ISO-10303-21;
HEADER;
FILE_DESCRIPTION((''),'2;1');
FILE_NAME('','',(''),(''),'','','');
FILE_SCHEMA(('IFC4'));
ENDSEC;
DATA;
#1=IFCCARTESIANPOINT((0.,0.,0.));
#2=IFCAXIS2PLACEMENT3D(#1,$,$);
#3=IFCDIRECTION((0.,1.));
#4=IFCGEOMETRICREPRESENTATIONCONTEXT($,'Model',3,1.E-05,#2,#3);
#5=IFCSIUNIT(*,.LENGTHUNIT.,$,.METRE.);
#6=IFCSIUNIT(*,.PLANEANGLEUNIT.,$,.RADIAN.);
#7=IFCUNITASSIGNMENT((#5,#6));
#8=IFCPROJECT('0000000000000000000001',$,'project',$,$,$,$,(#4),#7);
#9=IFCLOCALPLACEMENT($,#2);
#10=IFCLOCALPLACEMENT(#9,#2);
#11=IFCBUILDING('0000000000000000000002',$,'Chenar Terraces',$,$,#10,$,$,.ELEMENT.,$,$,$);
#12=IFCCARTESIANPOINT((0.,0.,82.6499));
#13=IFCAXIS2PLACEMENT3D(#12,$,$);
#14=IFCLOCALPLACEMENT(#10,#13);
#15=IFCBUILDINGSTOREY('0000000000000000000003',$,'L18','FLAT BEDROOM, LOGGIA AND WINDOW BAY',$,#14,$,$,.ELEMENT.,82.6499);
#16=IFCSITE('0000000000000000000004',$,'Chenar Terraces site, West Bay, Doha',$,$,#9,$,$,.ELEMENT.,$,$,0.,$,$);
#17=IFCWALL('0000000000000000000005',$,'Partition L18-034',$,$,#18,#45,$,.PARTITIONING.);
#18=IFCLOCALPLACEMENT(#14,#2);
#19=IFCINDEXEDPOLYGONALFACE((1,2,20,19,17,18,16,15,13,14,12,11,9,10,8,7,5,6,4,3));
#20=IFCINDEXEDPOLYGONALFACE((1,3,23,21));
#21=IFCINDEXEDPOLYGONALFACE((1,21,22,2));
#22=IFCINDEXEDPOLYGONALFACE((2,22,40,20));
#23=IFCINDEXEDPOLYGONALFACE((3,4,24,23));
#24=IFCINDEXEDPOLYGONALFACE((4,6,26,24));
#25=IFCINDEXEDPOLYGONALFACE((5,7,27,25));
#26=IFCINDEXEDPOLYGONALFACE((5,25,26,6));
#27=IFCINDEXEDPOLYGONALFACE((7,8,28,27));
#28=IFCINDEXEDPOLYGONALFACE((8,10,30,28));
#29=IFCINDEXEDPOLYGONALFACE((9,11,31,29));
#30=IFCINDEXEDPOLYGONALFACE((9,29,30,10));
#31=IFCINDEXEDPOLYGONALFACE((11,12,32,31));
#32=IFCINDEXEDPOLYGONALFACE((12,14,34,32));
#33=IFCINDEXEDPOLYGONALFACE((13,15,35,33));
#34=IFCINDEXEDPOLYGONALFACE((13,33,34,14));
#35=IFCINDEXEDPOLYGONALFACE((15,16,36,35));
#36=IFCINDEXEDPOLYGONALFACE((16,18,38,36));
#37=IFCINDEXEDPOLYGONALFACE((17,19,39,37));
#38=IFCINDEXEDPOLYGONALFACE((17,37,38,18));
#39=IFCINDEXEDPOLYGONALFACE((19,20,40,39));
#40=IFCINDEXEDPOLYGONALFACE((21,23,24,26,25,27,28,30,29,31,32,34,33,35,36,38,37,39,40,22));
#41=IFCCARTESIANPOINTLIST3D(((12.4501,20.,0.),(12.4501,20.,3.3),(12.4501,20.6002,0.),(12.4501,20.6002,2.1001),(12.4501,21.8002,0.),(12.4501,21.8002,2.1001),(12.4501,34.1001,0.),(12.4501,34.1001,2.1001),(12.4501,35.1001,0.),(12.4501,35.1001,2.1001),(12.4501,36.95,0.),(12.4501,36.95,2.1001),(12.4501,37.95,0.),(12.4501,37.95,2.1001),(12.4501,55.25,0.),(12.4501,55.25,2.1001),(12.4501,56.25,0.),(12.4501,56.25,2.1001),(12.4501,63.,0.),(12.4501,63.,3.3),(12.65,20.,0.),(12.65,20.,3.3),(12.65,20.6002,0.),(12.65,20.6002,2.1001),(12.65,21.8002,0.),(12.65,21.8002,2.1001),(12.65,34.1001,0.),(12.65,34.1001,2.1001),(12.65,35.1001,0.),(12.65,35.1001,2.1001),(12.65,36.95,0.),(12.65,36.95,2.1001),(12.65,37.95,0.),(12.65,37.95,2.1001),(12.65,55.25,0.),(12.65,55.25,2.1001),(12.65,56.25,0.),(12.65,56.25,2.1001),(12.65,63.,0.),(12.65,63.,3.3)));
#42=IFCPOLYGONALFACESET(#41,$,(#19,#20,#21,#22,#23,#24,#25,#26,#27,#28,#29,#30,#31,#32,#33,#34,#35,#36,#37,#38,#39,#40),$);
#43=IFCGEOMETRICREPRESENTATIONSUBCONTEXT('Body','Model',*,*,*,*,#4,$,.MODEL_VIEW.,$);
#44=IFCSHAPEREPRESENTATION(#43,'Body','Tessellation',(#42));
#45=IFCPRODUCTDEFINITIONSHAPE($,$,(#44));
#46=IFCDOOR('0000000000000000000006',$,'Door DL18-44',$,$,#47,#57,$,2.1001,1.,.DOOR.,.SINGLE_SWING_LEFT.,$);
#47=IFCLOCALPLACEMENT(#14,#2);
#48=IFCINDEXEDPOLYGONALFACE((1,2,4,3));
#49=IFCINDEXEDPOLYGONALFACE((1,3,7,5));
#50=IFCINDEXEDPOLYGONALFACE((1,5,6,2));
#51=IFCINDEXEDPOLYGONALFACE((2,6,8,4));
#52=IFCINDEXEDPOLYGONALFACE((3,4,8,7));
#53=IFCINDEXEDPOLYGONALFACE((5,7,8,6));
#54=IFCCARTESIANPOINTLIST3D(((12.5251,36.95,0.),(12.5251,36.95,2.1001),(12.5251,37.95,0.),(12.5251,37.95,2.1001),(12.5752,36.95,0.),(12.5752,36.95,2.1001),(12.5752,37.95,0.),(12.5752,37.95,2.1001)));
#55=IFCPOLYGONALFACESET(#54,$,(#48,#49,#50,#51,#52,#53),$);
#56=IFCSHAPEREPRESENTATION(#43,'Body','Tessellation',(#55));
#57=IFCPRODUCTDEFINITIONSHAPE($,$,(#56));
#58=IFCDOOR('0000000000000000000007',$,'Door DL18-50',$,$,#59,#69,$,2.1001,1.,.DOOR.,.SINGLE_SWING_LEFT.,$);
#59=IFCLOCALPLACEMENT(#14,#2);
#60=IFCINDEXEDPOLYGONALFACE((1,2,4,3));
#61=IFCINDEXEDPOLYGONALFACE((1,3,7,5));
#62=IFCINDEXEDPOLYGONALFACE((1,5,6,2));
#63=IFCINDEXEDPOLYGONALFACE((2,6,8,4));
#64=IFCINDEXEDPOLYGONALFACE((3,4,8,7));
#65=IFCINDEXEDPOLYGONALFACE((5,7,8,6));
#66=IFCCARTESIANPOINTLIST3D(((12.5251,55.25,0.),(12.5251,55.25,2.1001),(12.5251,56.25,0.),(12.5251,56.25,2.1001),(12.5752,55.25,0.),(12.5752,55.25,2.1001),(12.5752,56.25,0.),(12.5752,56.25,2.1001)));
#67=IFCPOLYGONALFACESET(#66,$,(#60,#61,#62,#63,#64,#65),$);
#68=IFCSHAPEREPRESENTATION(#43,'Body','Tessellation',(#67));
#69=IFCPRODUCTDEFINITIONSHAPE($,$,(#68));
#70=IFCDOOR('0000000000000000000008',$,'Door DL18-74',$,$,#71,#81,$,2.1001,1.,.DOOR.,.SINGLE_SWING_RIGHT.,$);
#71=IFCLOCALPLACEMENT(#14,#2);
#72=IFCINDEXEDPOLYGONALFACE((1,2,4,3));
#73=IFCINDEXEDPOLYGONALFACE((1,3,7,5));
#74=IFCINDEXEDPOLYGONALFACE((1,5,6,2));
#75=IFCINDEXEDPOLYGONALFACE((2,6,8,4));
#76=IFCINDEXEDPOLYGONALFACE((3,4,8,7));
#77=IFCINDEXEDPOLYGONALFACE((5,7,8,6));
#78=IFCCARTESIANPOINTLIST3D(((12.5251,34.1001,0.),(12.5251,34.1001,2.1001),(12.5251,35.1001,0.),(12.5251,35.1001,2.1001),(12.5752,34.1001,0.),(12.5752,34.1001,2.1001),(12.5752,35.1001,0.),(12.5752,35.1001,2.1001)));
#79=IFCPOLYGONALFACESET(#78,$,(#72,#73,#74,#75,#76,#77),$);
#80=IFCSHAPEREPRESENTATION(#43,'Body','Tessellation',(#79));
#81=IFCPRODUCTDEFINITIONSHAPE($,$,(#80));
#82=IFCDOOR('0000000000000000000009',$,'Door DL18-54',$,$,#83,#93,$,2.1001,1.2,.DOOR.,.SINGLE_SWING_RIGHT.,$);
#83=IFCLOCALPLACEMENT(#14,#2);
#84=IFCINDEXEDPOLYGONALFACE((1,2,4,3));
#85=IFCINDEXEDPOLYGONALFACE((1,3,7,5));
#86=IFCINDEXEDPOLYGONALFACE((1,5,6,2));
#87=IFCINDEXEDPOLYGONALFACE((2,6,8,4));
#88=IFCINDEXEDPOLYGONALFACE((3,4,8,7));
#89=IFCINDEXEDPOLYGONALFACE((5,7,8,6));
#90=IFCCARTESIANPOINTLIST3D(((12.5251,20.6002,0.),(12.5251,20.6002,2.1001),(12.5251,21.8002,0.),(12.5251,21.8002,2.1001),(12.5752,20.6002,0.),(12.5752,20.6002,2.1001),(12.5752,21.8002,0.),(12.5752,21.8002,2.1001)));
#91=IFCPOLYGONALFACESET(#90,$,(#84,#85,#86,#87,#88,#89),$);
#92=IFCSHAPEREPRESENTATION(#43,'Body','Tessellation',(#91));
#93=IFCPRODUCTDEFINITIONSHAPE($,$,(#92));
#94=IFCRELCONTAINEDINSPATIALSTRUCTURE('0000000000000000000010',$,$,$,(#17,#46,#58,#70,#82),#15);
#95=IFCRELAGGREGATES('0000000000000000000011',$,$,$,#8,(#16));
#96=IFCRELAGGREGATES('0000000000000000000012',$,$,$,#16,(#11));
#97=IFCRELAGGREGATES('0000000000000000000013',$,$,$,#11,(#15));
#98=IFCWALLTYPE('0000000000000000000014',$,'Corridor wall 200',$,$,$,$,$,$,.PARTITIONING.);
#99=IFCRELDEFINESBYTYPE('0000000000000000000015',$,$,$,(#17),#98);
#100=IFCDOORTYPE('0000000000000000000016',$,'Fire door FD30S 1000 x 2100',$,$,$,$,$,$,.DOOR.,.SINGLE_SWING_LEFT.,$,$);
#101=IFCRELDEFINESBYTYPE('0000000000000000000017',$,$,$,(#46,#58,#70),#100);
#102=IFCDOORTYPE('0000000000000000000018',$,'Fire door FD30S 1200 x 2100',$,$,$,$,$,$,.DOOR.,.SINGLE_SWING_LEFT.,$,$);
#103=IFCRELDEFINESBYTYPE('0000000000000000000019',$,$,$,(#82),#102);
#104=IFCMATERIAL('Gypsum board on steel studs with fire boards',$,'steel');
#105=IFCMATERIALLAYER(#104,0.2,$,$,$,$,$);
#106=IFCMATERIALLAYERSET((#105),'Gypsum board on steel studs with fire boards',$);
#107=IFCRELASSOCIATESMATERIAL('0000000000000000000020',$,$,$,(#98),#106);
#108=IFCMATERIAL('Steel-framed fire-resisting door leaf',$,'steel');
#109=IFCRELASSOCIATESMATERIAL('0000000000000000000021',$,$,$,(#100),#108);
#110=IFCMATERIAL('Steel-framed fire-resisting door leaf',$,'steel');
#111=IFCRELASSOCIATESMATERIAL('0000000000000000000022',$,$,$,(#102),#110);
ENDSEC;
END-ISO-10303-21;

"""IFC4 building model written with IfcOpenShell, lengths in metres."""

from ifc_helpers import new_model, si_unit, direction, frame, frame_2d, origin, place, context, subcontext, project, spatial, rectangle, extrude, material, layer, layer_set, type_object, element, fill, save


model = new_model("IFC4")

# Units and contexts
model_context = context("Model", 3, precision=1e-05, world=origin(), true_north=direction((0.0, 1.0)))
body_context = subcontext(model_context, "Body", "Model", "MODEL_VIEW")
ifc_project = project(units=[si_unit("LENGTHUNIT", "METRE"), si_unit("PLANEANGLEUNIT", "RADIAN")], contexts=[model_context])

# Site, building, storey
site_placement = place(None, origin())
site = spatial("IfcSite", under=ifc_project, at=site_placement, Name="Chenar Terraces site, West Bay, Doha", CompositionType="ELEMENT", RefElevation=0.0)
building_placement = place(site_placement, origin())
building = spatial("IfcBuilding", under=site, at=building_placement, Name="Chenar Terraces", CompositionType="ELEMENT")
storey_placement = place(building_placement, frame((0.0, 0.0, 82.6499)))
storey = spatial("IfcBuildingStorey", under=building, at=storey_placement, Name="L18", Description="FLAT BEDROOM, LOGGIA AND WINDOW BAY", CompositionType="ELEMENT", Elevation=82.6499)

# Wall, openings, doors
ifc_material_1 = material(Name="Gypsum board on steel studs with fire boards", Category="steel")
ifc_layer_1 = layer(ifc_material_1, 0.2)
ifc_layer_set_1 = layer_set([ifc_layer_1], Name="Gypsum board on steel studs with fire boards")
wall_type_1 = type_object("IfcWallType", Name="Corridor wall 200", PredefinedType="PARTITIONING", material=ifc_layer_set_1)
wall_1_placement = place(storey_placement, frame((12.55, 20.0, 0.0), z_axis=(0.0, 0.0, 1.0), x_axis=(0.0, 1.0, 0.0)))
wall_1 = element("IfcWall", 1, at=wall_1_placement, inside=storey, type_object=wall_type_1, Name="Partition L18-034", PredefinedType="PARTITIONING", context=body_context, shape_type="SweptSolid", body=[
    extrude(rectangle(XDim=43.0, YDim=0.2, at=frame_2d((21.5, 0.0))), origin(), (0.0, 0.0, 1.0), 3.3),
])
opening_1_placement = place(wall_1_placement, frame((16.95, 0.0, 0.0)))
opening_1 = element("IfcOpeningElement", 2, at=opening_1_placement, cuts=wall_1, PredefinedType="OPENING", context=body_context, shape_type="SweptSolid", body=[
    extrude(rectangle(XDim=1.0, YDim=2.1001, at=frame_2d((0.5, 1.05))), frame((0.0, 0.1099, 0.0), z_axis=(0.0, -1.0, 0.0), x_axis=(1.0, 0.0, 0.0)), (0.0, 0.0, 1.0), 0.22),
])
opening_2_placement = place(wall_1_placement, frame((35.25, 0.0, 0.0)))
opening_2 = element("IfcOpeningElement", 3, at=opening_2_placement, cuts=wall_1, PredefinedType="OPENING", context=body_context, shape_type="SweptSolid", body=[
    extrude(rectangle(XDim=1.0, YDim=2.1001, at=frame_2d((0.5, 1.05))), frame((0.0, 0.1099, 0.0), z_axis=(0.0, -1.0, 0.0), x_axis=(1.0, 0.0, 0.0)), (0.0, 0.0, 1.0), 0.22),
])
opening_3_placement = place(wall_1_placement, frame((0.6001, 0.0, 0.0)))
opening_3 = element("IfcOpeningElement", 4, at=opening_3_placement, cuts=wall_1, PredefinedType="OPENING", context=body_context, shape_type="SweptSolid", body=[
    extrude(rectangle(XDim=1.2, YDim=2.1001, at=frame_2d((0.6001, 1.05))), frame((0.0, 0.1099, 0.0), z_axis=(0.0, -1.0, 0.0), x_axis=(1.0, 0.0, 0.0)), (0.0, 0.0, 1.0), 0.22),
])
opening_4_placement = place(wall_1_placement, frame((14.1001, 0.0, 0.0)))
opening_4 = element("IfcOpeningElement", 5, at=opening_4_placement, cuts=wall_1, PredefinedType="OPENING", context=body_context, shape_type="SweptSolid", body=[
    extrude(rectangle(XDim=1.0, YDim=2.1001, at=frame_2d((0.5, 1.05))), frame((0.0, 0.1099, 0.0), z_axis=(0.0, -1.0, 0.0), x_axis=(1.0, 0.0, 0.0)), (0.0, 0.0, 1.0), 0.22),
])
ifc_material_2 = material(Name="Steel-framed fire-resisting door leaf", Category="steel")
door_type_1 = type_object("IfcDoorType", Name="Fire door FD30S 1000 x 2100", OperationType="SINGLE_SWING_LEFT", PredefinedType="DOOR", material=ifc_material_2)
door_1_placement = place(opening_1_placement, origin())
door_1 = element("IfcDoor", 6, at=door_1_placement, inside=storey, type_object=door_type_1, Name="Door DL18-44", OperationType="SINGLE_SWING_LEFT", OverallHeight=2.1001, OverallWidth=1.0, PredefinedType="DOOR", context=body_context, shape_type="SweptSolid", body=[
    extrude(rectangle(XDim=1.0, YDim=2.1001, at=frame_2d((0.5, 1.05))), frame((0.0, 0.0249, 0.0), z_axis=(0.0, -1.0, 0.0), x_axis=(1.0, 0.0, 0.0)), (0.0, 0.0, 1.0), 0.05),
])
fill(opening_1, door_1)
door_2_placement = place(opening_2_placement, origin())
door_2 = element("IfcDoor", 7, at=door_2_placement, inside=storey, type_object=door_type_1, Name="Door DL18-50", OperationType="SINGLE_SWING_LEFT", OverallHeight=2.1001, OverallWidth=1.0, PredefinedType="DOOR", context=body_context, shape_type="SweptSolid", body=[
    extrude(rectangle(XDim=1.0, YDim=2.1001, at=frame_2d((0.5, 1.05))), frame((0.0, 0.0249, 0.0), z_axis=(0.0, -1.0, 0.0), x_axis=(1.0, 0.0, 0.0)), (0.0, 0.0, 1.0), 0.05),
])
fill(opening_2, door_2)
door_3_placement = place(opening_4_placement, origin())
door_3 = element("IfcDoor", 8, at=door_3_placement, inside=storey, type_object=door_type_1, Name="Door DL18-74", OperationType="SINGLE_SWING_RIGHT", OverallHeight=2.1001, OverallWidth=1.0, PredefinedType="DOOR", context=body_context, shape_type="SweptSolid", body=[
    extrude(rectangle(XDim=1.0, YDim=2.1001, at=frame_2d((0.5, 1.05))), frame((0.0, 0.0249, 0.0), z_axis=(0.0, -1.0, 0.0), x_axis=(1.0, 0.0, 0.0)), (0.0, 0.0, 1.0), 0.05),
])
fill(opening_4, door_3)
ifc_material_3 = material(Name="Steel-framed fire-resisting door leaf", Category="steel")
door_type_2 = type_object("IfcDoorType", Name="Fire door FD30S 1200 x 2100", OperationType="SINGLE_SWING_LEFT", PredefinedType="DOOR", material=ifc_material_3)
door_4_placement = place(opening_3_placement, origin())
door_4 = element("IfcDoor", 9, at=door_4_placement, inside=storey, type_object=door_type_2, Name="Door DL18-54", OperationType="SINGLE_SWING_RIGHT", OverallHeight=2.1001, OverallWidth=1.2, PredefinedType="DOOR", context=body_context, shape_type="SweptSolid", body=[
    extrude(rectangle(XDim=1.2, YDim=2.1001, at=frame_2d((0.6001, 1.05))), frame((0.0, 0.0249, 0.0), z_axis=(0.0, -1.0, 0.0), x_axis=(1.0, 0.0, 0.0)), (0.0, 0.0, 1.0), 0.05),
])
fill(opening_3, door_4)

save(model, "model.ifc")
